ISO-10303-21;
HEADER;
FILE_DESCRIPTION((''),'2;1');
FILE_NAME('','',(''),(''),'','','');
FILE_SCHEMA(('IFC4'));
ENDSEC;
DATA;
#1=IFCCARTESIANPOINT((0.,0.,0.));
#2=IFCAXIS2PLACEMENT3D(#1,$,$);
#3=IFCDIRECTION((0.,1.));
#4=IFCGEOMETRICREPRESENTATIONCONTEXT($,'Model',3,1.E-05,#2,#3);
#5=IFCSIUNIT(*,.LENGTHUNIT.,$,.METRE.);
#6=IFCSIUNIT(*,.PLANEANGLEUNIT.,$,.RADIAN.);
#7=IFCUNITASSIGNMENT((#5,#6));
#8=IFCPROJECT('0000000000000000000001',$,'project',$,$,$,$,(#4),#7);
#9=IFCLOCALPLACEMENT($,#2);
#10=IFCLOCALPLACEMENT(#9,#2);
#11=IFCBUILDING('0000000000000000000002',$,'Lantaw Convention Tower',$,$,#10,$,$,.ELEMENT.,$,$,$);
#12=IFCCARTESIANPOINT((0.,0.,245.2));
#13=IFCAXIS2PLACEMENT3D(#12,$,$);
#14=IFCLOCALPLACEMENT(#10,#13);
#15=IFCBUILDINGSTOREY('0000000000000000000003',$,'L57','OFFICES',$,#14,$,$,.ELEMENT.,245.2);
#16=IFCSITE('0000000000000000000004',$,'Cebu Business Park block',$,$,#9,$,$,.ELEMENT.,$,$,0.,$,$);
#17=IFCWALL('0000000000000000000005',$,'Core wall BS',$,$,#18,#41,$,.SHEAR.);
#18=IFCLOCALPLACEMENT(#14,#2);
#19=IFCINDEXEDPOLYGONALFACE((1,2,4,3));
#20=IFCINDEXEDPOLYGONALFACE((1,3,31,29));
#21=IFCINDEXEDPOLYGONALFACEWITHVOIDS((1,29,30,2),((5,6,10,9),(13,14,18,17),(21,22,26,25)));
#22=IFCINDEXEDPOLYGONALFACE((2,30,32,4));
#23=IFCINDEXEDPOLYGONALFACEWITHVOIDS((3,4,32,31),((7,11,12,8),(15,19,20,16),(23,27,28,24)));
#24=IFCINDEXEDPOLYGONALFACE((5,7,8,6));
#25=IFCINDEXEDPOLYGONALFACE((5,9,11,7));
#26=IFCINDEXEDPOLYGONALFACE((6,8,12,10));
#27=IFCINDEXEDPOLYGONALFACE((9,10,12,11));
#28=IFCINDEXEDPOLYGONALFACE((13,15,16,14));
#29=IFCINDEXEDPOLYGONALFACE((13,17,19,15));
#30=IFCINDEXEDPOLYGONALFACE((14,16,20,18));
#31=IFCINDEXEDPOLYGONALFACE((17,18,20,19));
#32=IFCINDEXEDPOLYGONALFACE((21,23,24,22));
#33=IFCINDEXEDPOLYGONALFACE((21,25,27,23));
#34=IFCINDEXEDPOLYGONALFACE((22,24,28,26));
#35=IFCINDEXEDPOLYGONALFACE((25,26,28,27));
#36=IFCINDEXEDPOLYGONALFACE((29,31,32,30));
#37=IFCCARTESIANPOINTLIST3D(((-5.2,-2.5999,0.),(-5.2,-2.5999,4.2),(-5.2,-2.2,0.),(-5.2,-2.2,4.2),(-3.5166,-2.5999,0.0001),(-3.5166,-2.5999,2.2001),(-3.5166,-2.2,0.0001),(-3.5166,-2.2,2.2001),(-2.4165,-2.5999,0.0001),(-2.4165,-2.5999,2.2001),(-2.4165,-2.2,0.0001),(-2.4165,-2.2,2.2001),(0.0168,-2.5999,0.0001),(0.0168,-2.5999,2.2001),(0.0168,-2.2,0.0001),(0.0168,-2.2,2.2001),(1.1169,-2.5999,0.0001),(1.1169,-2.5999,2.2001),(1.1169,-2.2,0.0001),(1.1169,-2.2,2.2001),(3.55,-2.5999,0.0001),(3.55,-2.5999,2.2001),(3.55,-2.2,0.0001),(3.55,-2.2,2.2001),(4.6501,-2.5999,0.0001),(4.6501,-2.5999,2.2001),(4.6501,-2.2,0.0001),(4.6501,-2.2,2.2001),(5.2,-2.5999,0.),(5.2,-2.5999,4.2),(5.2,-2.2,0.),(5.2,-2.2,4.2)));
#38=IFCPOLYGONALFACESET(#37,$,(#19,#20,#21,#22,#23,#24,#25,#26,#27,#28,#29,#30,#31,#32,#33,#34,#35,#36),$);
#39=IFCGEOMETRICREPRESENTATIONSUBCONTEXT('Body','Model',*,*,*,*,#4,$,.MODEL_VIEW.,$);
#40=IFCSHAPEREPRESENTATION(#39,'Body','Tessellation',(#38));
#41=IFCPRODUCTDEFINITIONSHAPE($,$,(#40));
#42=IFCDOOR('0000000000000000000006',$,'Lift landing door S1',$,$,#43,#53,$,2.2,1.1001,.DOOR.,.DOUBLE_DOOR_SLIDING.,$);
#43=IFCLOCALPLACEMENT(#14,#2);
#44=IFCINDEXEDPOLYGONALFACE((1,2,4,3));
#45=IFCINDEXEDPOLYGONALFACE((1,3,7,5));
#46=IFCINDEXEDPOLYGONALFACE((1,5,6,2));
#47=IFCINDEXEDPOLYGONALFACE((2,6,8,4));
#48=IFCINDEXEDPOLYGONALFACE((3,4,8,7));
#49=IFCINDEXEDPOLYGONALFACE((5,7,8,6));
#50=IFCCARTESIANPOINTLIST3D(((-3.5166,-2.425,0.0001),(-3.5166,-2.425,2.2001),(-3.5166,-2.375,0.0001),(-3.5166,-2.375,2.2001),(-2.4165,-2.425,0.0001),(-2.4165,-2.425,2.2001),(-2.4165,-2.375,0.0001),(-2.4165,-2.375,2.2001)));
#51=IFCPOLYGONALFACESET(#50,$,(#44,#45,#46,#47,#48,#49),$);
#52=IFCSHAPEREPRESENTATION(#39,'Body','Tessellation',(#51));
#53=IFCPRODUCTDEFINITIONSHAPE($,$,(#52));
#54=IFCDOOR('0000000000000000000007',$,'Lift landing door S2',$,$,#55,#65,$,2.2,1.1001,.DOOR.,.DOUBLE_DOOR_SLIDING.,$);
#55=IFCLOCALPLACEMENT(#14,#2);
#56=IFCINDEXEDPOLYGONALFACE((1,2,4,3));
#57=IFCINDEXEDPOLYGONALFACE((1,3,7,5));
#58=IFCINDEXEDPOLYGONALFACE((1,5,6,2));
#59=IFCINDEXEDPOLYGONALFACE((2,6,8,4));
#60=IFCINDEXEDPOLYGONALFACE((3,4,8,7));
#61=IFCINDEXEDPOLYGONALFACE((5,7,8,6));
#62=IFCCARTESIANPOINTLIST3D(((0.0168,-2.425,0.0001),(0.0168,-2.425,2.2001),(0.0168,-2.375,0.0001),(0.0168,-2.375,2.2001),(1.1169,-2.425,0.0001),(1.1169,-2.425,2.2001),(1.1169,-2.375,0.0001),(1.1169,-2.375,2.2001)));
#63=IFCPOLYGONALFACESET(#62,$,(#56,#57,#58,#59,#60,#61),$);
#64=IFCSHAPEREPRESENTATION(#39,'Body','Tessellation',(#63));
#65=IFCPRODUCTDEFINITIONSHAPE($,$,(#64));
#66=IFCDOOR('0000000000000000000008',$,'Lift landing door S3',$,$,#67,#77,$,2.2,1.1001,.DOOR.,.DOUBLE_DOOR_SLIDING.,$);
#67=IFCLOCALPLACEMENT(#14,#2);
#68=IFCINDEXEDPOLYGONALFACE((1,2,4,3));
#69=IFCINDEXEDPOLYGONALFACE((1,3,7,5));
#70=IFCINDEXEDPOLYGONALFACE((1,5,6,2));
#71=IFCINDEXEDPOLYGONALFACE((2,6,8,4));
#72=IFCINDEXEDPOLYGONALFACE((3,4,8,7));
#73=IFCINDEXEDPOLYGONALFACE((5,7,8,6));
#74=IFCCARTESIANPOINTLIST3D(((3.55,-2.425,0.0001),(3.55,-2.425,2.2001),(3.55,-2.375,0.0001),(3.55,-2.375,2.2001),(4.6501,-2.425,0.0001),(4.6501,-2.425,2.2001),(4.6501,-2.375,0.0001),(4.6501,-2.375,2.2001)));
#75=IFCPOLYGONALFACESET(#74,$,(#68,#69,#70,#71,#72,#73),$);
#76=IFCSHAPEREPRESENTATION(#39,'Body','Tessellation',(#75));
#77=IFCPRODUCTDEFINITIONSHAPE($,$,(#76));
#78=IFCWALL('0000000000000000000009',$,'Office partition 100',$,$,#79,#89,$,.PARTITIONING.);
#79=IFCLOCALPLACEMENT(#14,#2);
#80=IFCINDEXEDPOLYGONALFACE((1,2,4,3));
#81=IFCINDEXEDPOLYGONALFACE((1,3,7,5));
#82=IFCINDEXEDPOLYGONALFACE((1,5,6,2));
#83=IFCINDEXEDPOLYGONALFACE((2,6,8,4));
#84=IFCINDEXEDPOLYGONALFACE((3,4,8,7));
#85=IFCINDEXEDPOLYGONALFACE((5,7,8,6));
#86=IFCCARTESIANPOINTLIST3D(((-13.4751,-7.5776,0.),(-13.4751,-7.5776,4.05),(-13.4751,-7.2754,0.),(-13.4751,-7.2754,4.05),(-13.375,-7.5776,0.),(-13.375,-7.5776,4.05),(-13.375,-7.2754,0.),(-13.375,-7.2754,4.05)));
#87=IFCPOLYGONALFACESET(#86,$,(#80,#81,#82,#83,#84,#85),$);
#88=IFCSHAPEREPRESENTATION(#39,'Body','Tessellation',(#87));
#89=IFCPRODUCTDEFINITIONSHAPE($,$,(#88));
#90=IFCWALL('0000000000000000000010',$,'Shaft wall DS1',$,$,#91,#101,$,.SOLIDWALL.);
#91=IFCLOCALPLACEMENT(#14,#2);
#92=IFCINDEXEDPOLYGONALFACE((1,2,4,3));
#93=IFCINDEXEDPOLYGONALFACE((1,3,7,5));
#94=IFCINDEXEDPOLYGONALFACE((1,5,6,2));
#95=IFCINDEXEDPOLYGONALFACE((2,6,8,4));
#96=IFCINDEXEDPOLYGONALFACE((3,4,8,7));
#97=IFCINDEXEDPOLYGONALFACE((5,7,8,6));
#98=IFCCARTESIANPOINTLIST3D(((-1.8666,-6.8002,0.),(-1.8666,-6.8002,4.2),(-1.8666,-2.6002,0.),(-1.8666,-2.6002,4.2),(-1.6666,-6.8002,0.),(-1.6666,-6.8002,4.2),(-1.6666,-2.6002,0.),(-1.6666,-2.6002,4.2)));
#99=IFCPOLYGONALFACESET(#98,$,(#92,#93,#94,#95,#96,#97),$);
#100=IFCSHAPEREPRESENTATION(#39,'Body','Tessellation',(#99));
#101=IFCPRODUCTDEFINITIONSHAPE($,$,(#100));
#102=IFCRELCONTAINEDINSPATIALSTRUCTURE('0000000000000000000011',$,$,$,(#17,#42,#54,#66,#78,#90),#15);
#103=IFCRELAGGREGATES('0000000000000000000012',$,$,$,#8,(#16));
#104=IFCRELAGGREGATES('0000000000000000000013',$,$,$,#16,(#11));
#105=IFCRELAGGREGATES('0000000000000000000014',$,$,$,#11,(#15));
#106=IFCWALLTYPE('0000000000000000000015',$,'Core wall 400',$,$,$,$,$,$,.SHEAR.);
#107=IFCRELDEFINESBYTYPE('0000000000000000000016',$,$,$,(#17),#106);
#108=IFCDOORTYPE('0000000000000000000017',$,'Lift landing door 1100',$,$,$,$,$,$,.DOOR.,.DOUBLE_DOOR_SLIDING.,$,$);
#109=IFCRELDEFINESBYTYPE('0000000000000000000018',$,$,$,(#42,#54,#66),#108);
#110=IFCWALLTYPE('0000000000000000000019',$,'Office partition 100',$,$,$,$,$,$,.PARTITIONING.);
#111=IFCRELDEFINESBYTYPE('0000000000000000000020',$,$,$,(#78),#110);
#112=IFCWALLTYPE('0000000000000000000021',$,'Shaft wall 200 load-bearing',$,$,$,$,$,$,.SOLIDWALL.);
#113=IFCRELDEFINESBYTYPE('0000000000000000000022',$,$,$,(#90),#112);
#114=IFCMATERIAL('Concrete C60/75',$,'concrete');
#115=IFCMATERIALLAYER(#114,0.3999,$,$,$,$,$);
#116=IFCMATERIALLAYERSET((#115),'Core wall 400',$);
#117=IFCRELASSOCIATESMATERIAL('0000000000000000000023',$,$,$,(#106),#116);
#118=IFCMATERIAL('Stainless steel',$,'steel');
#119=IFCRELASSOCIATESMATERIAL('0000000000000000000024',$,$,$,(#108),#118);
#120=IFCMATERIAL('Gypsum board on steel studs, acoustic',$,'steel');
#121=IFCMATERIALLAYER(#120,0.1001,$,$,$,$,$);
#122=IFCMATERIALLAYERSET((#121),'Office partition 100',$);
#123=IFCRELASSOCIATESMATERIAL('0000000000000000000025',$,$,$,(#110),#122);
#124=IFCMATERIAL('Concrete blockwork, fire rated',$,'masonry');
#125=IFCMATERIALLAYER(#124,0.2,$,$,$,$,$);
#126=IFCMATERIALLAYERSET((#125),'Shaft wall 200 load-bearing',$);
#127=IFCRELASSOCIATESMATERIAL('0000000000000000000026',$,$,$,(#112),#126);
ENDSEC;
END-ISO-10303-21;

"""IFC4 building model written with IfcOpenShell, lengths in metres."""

from ifc_helpers import new_model, si_unit, direction, frame, frame_2d, origin, place, context, subcontext, project, spatial, rectangle, extrude, material, layer, layer_set, type_object, element, fill, save


model = new_model("IFC4")

# Units and contexts
model_context = context("Model", 3, precision=1e-05, world=origin(), true_north=direction((0.0, 1.0)))
body_context = subcontext(model_context, "Body", "Model", "MODEL_VIEW")
ifc_project = project(units=[si_unit("LENGTHUNIT", "METRE"), si_unit("PLANEANGLEUNIT", "RADIAN")], contexts=[model_context])

# Site, building, storey
site_placement = place(None, origin())
site = spatial("IfcSite", under=ifc_project, at=site_placement, Name="Cebu Business Park block", CompositionType="ELEMENT", RefElevation=0.0)
building_placement = place(site_placement, origin())
building = spatial("IfcBuilding", under=site, at=building_placement, Name="Lantaw Convention Tower", CompositionType="ELEMENT")
storey_placement = place(building_placement, frame((0.0, 0.0, 245.2)))
storey = spatial("IfcBuildingStorey", under=building, at=storey_placement, Name="L57", Description="OFFICES", CompositionType="ELEMENT", Elevation=245.2)

# Shared definitions
ifc_material_1 = material(Name="Concrete C60/75", Category="concrete")

# Wall, openings, doors
ifc_layer_1 = layer(ifc_material_1, 0.3999)
ifc_layer_set_1 = layer_set([ifc_layer_1], Name="Core wall 400")
wall_type_1 = type_object("IfcWallType", Name="Core wall 400", PredefinedType="SHEAR", material=ifc_layer_set_1)
wall_1_placement = place(storey_placement, frame((-5.2, -2.3999, 0.0), z_axis=(0.0, 0.0, 1.0), x_axis=(1.0, 0.0, 0.0)))
wall_1 = element("IfcWall", 1, at=wall_1_placement, inside=storey, type_object=wall_type_1, Name="Core wall BS", PredefinedType="SHEAR", context=body_context, shape_type="SweptSolid", body=[
    extrude(rectangle(XDim=10.3999, YDim=0.3999, at=frame_2d((5.2, 0.0))), origin(), (0.0, 0.0, 1.0), 4.2),
])
opening_1_placement = place(wall_1_placement, frame((1.6833, 0.0, 0.0)))
opening_1 = element("IfcOpeningElement", 2, at=opening_1_placement, cuts=wall_1, PredefinedType="OPENING", context=body_context, shape_type="SweptSolid", body=[
    extrude(rectangle(XDim=1.1001, YDim=2.2, at=frame_2d((0.55, 1.1001))), frame((0.0, 0.21, 0.0), z_axis=(0.0, -1.0, 0.0), x_axis=(1.0, 0.0, 0.0)), (0.0, 0.0, 1.0), 0.4199),
])
opening_2_placement = place(wall_1_placement, frame((5.2168, 0.0, 0.0)))
opening_2 = element("IfcOpeningElement", 3, at=opening_2_placement, cuts=wall_1, PredefinedType="OPENING", context=body_context, shape_type="SweptSolid", body=[
    extrude(rectangle(XDim=1.1001, YDim=2.2, at=frame_2d((0.55, 1.1001))), frame((0.0, 0.21, 0.0), z_axis=(0.0, -1.0, 0.0), x_axis=(1.0, 0.0, 0.0)), (0.0, 0.0, 1.0), 0.4199),
])
opening_3_placement = place(wall_1_placement, frame((8.75, 0.0, 0.0)))
opening_3 = element("IfcOpeningElement", 4, at=opening_3_placement, cuts=wall_1, PredefinedType="OPENING", context=body_context, shape_type="SweptSolid", body=[
    extrude(rectangle(XDim=1.1001, YDim=2.2, at=frame_2d((0.55, 1.1001))), frame((0.0, 0.21, 0.0), z_axis=(0.0, -1.0, 0.0), x_axis=(1.0, 0.0, 0.0)), (0.0, 0.0, 1.0), 0.4199),
])
ifc_material_2 = material(Name="Stainless steel", Category="steel")
door_type_1 = type_object("IfcDoorType", Name="Lift landing door 1100", OperationType="DOUBLE_DOOR_SLIDING", PredefinedType="DOOR", material=ifc_material_2)
door_1_placement = place(opening_1_placement, origin())
door_1 = element("IfcDoor", 5, at=door_1_placement, inside=storey, type_object=door_type_1, Name="Lift landing door S1", OperationType="DOUBLE_DOOR_SLIDING", OverallHeight=2.2, OverallWidth=1.1001, PredefinedType="DOOR", context=body_context, shape_type="SweptSolid", body=[
    extrude(rectangle(XDim=1.1001, YDim=2.2, at=frame_2d((0.55, 1.1001))), frame((0.0, 0.0249, 0.0), z_axis=(0.0, -1.0, 0.0), x_axis=(1.0, 0.0, 0.0)), (0.0, 0.0, 1.0), 0.05),
])
fill(opening_1, door_1)
door_2_placement = place(opening_2_placement, origin())
door_2 = element("IfcDoor", 6, at=door_2_placement, inside=storey, type_object=door_type_1, Name="Lift landing door S2", OperationType="DOUBLE_DOOR_SLIDING", OverallHeight=2.2, OverallWidth=1.1001, PredefinedType="DOOR", context=body_context, shape_type="SweptSolid", body=[
    extrude(rectangle(XDim=1.1001, YDim=2.2, at=frame_2d((0.55, 1.1001))), frame((0.0, 0.0249, 0.0), z_axis=(0.0, -1.0, 0.0), x_axis=(1.0, 0.0, 0.0)), (0.0, 0.0, 1.0), 0.05),
])
fill(opening_2, door_2)
door_3_placement = place(opening_3_placement, origin())
door_3 = element("IfcDoor", 7, at=door_3_placement, inside=storey, type_object=door_type_1, Name="Lift landing door S3", OperationType="DOUBLE_DOOR_SLIDING", OverallHeight=2.2, OverallWidth=1.1001, PredefinedType="DOOR", context=body_context, shape_type="SweptSolid", body=[
    extrude(rectangle(XDim=1.1001, YDim=2.2, at=frame_2d((0.55, 1.1001))), frame((0.0, 0.0249, 0.0), z_axis=(0.0, -1.0, 0.0), x_axis=(1.0, 0.0, 0.0)), (0.0, 0.0, 1.0), 0.05),
])
fill(opening_3, door_3)

# Walls
ifc_material_3 = material(Name="Gypsum board on steel studs, acoustic", Category="steel")
ifc_layer_2 = layer(ifc_material_3, 0.1001)
ifc_layer_set_2 = layer_set([ifc_layer_2], Name="Office partition 100")
wall_type_2 = type_object("IfcWallType", Name="Office partition 100", PredefinedType="PARTITIONING", material=ifc_layer_set_2)
wall_2_placement = place(storey_placement, frame((-13.425, -7.2754, 0.0), z_axis=(0.0, 0.0, 1.0), x_axis=(0.0, -1.0, 0.0)))
element("IfcWall", 8, at=wall_2_placement, inside=storey, type_object=wall_type_2, Name="Office partition 100", PredefinedType="PARTITIONING", context=body_context, shape_type="SweptSolid", body=[
    extrude(rectangle(XDim=0.3022, YDim=0.1001, at=frame_2d((0.1511, 0.0))), origin(), (0.0, 0.0, 1.0), 4.05),
])
ifc_material_4 = material(Name="Concrete blockwork, fire rated", Category="masonry")
ifc_layer_3 = layer(ifc_material_4, 0.2)
ifc_layer_set_3 = layer_set([ifc_layer_3], Name="Shaft wall 200 load-bearing")
wall_type_3 = type_object("IfcWallType", Name="Shaft wall 200 load-bearing", PredefinedType="SOLIDWALL", material=ifc_layer_set_3)
wall_3_placement = place(storey_placement, frame((-1.7666, -2.6001, 0.0), z_axis=(0.0, 0.0, 1.0), x_axis=(0.0, -1.0, 0.0)))
element("IfcWall", 9, at=wall_3_placement, inside=storey, type_object=wall_type_3, Name="Shaft wall DS1", PredefinedType="SOLIDWALL", context=body_context, shape_type="SweptSolid", body=[
    extrude(rectangle(XDim=4.2, YDim=0.2, at=frame_2d((2.1001, 0.0))), origin(), (0.0, 0.0, 1.0), 4.2),
])

save(model, "model.ifc")
